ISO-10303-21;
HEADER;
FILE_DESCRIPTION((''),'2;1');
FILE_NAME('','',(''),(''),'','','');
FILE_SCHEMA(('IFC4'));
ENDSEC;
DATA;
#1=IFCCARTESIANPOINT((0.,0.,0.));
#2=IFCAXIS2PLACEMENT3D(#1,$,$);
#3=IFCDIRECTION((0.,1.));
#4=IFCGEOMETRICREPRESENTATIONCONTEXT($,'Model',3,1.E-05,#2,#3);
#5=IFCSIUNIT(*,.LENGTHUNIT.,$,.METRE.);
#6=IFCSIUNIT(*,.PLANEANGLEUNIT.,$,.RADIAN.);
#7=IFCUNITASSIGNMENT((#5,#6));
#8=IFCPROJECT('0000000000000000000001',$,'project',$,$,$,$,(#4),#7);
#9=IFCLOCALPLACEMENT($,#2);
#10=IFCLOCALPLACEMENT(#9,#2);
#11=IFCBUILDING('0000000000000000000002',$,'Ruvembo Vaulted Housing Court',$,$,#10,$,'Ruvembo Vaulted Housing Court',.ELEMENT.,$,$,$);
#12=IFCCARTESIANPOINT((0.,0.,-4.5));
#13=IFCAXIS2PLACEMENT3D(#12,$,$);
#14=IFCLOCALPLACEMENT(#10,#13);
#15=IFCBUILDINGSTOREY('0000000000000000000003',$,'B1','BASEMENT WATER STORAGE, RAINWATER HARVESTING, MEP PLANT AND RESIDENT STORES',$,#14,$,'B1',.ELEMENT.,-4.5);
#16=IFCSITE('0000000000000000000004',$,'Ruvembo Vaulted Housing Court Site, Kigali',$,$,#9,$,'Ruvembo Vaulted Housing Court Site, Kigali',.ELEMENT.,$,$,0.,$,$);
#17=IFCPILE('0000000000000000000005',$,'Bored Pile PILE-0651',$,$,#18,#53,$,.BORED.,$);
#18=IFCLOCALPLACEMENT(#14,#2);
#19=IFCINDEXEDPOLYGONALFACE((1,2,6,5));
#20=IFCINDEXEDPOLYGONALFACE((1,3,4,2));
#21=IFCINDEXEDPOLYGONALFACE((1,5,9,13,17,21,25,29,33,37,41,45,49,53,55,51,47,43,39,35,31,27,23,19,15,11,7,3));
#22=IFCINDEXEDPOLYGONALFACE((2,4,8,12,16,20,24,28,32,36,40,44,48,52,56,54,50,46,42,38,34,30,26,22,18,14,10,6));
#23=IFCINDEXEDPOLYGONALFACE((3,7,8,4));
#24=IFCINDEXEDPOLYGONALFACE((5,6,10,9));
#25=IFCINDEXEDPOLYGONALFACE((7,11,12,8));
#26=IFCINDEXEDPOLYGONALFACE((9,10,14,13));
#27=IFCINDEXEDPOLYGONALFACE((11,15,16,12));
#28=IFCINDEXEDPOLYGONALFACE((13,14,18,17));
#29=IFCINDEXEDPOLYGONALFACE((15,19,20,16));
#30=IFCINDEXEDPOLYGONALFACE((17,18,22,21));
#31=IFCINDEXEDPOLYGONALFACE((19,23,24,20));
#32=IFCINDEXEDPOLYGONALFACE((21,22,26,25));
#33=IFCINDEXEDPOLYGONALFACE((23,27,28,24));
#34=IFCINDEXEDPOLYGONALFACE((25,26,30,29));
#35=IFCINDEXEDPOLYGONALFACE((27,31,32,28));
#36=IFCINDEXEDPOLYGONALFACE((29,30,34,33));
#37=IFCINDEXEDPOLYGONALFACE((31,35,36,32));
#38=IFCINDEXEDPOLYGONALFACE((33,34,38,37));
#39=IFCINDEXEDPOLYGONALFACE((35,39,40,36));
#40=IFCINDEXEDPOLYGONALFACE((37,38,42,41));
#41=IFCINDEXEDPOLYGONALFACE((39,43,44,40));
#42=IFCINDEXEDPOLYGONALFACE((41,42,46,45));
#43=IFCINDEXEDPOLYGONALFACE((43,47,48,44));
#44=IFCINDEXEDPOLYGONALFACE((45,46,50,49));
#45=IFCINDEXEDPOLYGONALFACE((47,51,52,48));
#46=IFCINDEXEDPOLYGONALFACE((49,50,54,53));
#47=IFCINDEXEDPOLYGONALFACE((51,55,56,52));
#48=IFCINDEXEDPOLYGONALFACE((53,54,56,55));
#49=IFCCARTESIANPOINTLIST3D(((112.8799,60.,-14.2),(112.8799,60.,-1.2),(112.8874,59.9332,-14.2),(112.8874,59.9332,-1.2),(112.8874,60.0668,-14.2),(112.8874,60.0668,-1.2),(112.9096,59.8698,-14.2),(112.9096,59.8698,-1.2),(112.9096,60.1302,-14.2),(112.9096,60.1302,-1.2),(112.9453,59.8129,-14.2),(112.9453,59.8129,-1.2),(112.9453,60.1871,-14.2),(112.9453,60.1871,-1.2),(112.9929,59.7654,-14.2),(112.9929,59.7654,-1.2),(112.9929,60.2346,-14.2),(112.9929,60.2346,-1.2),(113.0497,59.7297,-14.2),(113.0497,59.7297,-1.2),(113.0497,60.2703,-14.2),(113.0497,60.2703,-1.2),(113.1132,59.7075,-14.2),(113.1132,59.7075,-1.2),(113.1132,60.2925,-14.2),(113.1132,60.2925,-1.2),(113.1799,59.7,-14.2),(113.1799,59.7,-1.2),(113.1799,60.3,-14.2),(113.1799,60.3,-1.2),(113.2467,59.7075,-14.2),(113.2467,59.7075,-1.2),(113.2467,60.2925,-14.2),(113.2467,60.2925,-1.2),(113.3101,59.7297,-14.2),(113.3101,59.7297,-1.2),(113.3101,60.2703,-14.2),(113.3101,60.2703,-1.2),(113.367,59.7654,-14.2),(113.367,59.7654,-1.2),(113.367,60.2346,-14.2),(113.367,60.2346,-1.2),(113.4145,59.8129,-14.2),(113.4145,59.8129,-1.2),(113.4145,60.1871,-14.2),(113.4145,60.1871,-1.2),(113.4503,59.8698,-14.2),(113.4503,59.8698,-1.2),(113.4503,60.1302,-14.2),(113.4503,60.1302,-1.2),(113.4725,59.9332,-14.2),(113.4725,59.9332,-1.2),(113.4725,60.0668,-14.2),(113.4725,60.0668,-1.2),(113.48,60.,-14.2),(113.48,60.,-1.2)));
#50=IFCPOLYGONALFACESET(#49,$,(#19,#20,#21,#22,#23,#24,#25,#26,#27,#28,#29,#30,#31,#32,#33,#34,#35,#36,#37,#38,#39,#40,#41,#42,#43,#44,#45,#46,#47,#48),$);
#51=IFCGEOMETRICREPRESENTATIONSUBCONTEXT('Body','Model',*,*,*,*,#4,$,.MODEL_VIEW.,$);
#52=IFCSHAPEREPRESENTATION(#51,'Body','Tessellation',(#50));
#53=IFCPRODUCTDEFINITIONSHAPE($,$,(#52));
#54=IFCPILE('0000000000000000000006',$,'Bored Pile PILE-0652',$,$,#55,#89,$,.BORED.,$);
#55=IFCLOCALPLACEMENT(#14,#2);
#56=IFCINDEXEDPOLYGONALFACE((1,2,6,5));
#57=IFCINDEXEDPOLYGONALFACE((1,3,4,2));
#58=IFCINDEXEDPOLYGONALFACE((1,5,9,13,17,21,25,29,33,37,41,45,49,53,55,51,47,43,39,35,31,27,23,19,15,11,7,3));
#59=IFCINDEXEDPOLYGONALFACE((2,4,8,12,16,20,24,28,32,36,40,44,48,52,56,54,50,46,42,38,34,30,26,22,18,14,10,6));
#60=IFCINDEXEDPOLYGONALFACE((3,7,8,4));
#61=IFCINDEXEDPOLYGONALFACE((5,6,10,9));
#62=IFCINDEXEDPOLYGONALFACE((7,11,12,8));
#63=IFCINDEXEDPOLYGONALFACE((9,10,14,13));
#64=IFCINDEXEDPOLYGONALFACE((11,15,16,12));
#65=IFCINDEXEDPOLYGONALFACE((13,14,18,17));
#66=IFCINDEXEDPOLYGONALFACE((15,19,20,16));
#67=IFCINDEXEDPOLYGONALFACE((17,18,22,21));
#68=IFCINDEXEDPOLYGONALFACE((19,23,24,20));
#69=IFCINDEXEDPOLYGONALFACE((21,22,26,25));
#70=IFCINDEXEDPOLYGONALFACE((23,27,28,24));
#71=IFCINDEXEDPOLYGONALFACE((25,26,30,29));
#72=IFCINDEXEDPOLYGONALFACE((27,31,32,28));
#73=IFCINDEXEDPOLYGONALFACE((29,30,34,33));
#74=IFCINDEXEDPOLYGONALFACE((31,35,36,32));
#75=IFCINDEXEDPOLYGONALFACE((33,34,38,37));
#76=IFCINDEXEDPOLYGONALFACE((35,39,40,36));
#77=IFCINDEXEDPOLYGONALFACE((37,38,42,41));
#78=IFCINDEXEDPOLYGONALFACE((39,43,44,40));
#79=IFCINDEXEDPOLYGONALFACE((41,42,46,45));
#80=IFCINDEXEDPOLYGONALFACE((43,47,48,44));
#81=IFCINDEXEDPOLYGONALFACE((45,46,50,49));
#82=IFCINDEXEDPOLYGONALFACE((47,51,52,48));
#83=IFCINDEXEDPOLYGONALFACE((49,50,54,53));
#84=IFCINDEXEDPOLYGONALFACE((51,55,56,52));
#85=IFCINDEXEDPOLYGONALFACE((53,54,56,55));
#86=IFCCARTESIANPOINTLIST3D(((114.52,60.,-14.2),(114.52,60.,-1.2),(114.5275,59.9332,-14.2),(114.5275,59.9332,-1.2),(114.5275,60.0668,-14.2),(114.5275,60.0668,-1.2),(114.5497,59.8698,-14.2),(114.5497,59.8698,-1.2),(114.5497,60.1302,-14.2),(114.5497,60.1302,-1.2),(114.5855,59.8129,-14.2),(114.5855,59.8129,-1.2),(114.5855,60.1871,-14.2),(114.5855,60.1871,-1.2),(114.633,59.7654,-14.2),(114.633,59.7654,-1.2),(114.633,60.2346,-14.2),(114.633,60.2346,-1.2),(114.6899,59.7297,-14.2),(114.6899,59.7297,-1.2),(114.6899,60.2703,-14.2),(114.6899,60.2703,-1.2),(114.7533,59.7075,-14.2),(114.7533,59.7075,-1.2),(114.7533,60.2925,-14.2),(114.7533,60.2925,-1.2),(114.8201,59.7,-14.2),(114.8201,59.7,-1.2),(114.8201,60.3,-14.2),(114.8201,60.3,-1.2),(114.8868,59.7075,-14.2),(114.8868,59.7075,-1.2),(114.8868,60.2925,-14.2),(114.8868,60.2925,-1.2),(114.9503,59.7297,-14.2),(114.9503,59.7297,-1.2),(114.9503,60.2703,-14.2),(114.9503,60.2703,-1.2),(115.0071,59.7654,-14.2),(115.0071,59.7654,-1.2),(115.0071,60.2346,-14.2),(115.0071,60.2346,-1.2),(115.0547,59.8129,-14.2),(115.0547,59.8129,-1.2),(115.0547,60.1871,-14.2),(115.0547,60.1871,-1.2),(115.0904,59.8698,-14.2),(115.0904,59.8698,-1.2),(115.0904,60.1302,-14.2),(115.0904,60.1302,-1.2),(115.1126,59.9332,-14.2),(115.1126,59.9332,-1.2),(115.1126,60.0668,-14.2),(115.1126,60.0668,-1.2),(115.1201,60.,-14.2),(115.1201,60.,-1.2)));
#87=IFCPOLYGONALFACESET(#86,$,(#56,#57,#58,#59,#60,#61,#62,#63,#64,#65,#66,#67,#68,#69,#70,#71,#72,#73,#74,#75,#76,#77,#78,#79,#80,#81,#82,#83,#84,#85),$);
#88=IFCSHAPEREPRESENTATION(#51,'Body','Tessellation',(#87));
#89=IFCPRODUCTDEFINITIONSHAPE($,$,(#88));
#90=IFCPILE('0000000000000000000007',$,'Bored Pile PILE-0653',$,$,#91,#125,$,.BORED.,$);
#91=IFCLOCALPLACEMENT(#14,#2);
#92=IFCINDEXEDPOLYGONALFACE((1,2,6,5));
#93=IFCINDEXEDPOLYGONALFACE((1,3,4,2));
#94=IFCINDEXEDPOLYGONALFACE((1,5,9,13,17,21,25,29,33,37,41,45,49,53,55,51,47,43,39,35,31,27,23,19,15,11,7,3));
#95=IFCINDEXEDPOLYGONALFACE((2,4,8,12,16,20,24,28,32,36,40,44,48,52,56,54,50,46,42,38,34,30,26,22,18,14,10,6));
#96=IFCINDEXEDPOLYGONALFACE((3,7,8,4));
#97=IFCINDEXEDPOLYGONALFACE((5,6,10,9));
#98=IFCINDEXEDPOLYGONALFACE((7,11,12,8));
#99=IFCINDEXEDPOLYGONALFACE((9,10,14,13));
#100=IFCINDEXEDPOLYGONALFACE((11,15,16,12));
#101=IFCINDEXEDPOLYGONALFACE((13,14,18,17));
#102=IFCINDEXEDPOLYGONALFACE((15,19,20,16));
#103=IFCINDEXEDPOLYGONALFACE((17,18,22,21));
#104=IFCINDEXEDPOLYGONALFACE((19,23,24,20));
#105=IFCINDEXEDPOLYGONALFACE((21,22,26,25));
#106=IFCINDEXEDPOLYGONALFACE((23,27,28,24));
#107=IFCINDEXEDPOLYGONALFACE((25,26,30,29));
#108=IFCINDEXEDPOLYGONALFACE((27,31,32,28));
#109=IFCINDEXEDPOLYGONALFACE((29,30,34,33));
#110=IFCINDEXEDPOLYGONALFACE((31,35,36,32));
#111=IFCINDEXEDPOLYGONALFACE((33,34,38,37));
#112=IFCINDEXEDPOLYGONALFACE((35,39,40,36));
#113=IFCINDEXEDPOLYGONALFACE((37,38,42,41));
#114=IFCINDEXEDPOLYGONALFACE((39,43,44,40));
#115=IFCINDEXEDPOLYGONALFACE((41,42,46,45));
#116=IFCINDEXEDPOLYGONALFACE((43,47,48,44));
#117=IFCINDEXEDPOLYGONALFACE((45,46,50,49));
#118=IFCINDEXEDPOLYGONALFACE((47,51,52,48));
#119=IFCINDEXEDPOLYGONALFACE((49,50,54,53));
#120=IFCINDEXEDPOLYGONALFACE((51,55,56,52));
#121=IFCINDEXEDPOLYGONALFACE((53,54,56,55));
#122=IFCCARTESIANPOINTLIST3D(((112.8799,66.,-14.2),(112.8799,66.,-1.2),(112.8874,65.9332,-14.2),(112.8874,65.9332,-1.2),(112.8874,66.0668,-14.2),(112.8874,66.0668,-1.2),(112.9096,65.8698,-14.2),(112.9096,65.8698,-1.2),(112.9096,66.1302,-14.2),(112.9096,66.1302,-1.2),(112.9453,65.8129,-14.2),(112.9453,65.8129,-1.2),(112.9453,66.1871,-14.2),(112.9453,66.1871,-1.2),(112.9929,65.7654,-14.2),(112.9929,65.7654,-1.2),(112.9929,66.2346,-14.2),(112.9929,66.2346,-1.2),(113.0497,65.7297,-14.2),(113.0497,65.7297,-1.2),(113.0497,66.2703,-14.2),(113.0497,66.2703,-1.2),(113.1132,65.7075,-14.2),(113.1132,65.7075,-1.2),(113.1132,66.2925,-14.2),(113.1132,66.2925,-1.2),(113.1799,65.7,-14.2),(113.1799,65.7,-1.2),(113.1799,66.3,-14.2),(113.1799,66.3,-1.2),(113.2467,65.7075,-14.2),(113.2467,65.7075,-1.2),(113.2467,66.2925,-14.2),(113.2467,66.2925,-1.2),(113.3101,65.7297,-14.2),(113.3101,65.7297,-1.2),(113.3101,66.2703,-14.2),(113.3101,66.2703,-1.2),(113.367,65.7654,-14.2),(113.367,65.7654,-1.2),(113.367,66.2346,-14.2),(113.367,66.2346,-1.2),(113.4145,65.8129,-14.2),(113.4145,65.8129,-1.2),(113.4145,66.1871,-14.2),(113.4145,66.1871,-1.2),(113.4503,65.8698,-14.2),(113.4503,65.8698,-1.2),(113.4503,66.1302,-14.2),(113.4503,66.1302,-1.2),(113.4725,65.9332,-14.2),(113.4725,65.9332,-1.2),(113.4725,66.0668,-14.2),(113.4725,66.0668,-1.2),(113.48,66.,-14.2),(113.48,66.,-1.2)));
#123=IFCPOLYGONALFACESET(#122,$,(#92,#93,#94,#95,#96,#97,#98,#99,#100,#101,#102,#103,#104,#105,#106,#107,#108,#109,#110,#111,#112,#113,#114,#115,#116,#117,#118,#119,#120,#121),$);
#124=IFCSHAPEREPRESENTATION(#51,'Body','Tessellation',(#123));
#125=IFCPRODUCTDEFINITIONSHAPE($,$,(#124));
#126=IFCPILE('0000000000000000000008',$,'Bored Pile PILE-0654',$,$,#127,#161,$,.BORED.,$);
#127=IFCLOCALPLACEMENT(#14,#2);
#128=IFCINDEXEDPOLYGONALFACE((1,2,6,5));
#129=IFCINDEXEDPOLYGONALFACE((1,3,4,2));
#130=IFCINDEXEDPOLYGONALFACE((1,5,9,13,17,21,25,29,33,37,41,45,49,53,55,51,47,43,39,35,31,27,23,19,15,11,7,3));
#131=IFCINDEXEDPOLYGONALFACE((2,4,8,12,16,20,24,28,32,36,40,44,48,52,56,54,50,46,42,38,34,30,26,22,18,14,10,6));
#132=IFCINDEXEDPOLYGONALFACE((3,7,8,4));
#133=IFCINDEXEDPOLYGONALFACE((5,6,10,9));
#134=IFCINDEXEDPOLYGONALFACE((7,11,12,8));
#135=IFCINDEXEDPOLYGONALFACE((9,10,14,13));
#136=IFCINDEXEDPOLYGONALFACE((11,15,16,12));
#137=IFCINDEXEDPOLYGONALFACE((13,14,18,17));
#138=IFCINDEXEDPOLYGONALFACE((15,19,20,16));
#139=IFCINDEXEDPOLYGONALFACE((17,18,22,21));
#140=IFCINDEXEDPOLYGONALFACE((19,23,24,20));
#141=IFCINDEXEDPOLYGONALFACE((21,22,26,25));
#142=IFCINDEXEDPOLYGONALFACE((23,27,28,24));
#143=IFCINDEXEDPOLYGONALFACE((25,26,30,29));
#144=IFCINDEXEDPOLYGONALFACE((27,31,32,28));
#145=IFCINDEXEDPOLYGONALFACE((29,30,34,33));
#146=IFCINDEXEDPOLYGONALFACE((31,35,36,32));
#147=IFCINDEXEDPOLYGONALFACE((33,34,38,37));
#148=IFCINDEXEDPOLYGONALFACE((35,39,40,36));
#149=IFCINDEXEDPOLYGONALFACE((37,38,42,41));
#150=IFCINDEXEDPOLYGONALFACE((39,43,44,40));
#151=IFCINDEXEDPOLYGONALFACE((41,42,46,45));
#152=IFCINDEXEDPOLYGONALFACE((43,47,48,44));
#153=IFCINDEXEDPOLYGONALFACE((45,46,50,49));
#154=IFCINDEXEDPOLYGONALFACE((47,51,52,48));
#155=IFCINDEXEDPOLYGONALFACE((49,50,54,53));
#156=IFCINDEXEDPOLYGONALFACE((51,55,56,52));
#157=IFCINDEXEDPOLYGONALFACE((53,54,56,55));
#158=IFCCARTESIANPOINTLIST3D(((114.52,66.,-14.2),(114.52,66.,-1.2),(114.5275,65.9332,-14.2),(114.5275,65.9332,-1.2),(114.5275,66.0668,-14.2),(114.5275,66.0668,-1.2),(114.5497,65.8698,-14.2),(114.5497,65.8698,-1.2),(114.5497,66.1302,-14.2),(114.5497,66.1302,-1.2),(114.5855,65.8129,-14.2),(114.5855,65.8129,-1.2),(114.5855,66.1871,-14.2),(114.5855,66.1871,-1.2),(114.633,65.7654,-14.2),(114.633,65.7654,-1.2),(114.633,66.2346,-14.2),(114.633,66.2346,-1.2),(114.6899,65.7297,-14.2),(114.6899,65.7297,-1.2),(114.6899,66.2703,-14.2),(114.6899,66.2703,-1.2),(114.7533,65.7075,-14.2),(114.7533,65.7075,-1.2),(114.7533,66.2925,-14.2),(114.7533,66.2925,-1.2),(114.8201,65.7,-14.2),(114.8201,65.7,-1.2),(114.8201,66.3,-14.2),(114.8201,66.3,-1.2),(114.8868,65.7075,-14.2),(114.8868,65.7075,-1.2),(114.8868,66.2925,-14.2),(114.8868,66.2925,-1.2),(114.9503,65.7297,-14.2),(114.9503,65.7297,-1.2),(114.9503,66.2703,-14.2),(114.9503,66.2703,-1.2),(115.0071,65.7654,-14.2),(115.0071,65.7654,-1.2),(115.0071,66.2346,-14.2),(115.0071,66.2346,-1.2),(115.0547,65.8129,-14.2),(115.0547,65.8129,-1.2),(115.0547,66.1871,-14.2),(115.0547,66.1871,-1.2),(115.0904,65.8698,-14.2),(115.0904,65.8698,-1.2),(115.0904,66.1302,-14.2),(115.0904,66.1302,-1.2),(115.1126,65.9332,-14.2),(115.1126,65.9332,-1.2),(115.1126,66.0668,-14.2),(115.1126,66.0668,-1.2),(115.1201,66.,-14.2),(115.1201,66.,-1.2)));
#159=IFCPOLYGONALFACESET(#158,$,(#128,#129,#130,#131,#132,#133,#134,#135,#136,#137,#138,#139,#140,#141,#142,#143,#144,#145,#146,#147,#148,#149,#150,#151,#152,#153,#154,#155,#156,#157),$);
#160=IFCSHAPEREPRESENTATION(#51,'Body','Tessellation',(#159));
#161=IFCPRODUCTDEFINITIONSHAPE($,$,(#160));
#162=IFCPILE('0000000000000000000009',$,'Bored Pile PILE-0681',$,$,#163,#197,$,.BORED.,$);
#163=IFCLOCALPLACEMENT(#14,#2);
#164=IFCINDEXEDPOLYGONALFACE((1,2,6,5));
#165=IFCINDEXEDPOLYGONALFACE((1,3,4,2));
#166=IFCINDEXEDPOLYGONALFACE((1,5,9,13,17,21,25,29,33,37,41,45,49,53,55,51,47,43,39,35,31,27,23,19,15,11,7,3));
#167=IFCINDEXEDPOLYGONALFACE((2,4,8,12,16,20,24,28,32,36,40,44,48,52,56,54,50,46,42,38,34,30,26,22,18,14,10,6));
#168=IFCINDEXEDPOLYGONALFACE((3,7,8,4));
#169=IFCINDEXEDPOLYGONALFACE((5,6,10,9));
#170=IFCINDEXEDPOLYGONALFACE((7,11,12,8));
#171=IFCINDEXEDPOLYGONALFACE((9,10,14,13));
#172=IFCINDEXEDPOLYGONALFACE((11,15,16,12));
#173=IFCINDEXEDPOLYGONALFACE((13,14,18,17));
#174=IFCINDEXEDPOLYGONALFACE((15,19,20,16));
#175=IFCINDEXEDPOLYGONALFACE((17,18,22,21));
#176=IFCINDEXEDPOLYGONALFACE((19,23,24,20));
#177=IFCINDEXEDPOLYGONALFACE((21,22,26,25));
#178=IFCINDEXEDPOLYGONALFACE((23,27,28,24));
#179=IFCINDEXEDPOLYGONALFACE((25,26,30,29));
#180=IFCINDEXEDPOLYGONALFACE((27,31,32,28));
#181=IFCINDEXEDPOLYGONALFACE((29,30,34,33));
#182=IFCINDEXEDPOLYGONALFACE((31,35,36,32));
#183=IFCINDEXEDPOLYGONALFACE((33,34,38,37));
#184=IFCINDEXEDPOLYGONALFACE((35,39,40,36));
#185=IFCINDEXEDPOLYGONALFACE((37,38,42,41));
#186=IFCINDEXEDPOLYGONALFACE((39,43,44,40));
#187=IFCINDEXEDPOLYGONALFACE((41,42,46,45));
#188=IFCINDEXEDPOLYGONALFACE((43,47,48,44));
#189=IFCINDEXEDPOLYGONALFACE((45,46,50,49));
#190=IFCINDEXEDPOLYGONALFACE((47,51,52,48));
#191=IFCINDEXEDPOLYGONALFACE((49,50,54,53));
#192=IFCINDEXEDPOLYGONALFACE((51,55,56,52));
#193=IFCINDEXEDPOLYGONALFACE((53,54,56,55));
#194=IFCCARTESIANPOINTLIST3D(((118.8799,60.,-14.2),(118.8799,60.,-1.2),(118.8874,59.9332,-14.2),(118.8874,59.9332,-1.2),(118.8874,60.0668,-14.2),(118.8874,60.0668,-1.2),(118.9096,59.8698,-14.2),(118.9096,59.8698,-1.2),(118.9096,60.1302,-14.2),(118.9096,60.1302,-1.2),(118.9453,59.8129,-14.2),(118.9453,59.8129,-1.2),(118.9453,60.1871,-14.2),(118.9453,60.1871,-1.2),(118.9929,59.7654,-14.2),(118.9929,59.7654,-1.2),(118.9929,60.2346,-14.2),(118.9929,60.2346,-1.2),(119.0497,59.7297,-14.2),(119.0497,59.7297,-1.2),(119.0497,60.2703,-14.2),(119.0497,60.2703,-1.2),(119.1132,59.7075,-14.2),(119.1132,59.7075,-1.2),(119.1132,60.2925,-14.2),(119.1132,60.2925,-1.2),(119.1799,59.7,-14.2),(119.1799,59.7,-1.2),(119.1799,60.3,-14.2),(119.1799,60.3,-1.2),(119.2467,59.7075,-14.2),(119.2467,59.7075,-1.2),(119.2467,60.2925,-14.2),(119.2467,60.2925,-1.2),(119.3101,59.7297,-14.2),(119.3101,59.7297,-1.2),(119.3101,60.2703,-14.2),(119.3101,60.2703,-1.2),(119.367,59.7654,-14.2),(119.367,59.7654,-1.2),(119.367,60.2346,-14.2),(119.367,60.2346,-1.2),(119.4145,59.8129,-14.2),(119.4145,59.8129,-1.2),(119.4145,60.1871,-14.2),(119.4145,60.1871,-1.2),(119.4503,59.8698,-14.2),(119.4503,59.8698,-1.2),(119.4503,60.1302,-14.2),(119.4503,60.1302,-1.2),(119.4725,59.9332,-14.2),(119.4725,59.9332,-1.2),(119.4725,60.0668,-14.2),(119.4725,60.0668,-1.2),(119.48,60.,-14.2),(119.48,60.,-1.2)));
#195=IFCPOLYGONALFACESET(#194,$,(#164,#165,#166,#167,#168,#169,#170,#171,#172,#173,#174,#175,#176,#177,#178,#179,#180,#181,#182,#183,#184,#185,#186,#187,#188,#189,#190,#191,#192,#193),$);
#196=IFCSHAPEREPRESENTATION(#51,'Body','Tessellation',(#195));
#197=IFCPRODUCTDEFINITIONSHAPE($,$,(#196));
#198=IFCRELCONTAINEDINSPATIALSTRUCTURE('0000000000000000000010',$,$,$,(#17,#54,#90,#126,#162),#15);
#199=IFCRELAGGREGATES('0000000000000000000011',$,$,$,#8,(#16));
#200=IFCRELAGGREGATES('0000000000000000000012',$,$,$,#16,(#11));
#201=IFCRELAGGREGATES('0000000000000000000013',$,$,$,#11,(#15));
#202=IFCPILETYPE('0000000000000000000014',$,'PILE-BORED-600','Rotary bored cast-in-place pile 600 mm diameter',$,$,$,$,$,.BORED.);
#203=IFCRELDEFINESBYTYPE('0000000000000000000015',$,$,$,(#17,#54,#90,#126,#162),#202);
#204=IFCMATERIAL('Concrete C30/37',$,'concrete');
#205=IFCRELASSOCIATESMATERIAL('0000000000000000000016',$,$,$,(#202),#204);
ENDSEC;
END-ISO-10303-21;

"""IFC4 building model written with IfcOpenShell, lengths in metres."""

from ifc_helpers import new_model, si_unit, direction, frame, origin, origin_2d, place, context, subcontext, project, spatial, circle, extrude, material, material_profile, profile_set, type_object, element, save


model = new_model("IFC4")

# Units and contexts
model_context = context("Model", 3, precision=1e-05, world=origin(), true_north=direction((0.0, 1.0)))
body_context = subcontext(model_context, "Body", "Model", "MODEL_VIEW")
ifc_project = project(units=[si_unit("LENGTHUNIT", "METRE"), si_unit("PLANEANGLEUNIT", "RADIAN")], contexts=[model_context])

# Site, building, storey
site_placement = place(None, origin())
site = spatial("IfcSite", under=ifc_project, at=site_placement, Name="Ruvembo Vaulted Housing Court Site, Kigali", LongName="Ruvembo Vaulted Housing Court Site, Kigali", CompositionType="ELEMENT", RefElevation=0.0)
building_placement = place(site_placement, origin())
building = spatial("IfcBuilding", under=site, at=building_placement, Name="Ruvembo Vaulted Housing Court", LongName="Ruvembo Vaulted Housing Court", CompositionType="ELEMENT")
storey_placement = place(building_placement, frame((0.0, 0.0, -4.5)))
storey = spatial("IfcBuildingStorey", under=building, at=storey_placement, Name="B1", Description="BASEMENT WATER STORAGE, RAINWATER HARVESTING, MEP PLANT AND RESIDENT STORES", LongName="B1", CompositionType="ELEMENT", Elevation=-4.5)

# Piles
ifc_material_1 = material(Name="Concrete C30/37", Category="concrete")
ifc_material_profile_1 = material_profile(ifc_material_1, circle(Radius=0.3, at=origin_2d()), Name="PILE D600")
ifc_profile_set_1 = profile_set([ifc_material_profile_1], Name="Concrete C30/37")
pile_type = type_object("IfcPileType", Name="PILE-BORED-600", Description="Rotary bored cast-in-place pile 600 mm diameter", PredefinedType="BORED", material=ifc_profile_set_1)
for number, where, z_axis, x_axis, name in (
    (1, (113.1799, 60.0, -1.2), (0.0, 0.0, -1.0), (1.0, 0.0, 0.0), "Bored Pile PILE-0651"),
    (2, (114.8201, 60.0, -1.2), (0.0, 0.0, -1.0), (1.0, 0.0, 0.0), "Bored Pile PILE-0652"),
    (3, (113.1799, 66.0, -1.2), (0.0, 0.0, -1.0), (1.0, 0.0, 0.0), "Bored Pile PILE-0653"),
    (4, (114.8201, 66.0, -1.2), (0.0, 0.0, -1.0), (1.0, 0.0, 0.0), "Bored Pile PILE-0654"),
    (5, (119.1799, 60.0, -1.2), (0.0, 0.0, -1.0), (1.0, 0.0, 0.0), "Bored Pile PILE-0681"),
):
    element("IfcPile", number, at=place(storey_placement, frame(where, z_axis=z_axis, x_axis=x_axis)), inside=storey, type_object=pile_type, Name=name, PredefinedType="BORED", context=body_context, shape_type="SweptSolid", body=[
        extrude(circle(Radius=0.3, at=origin_2d()), origin(), (0.0, 0.0, 1.0), 13.0),
    ])

save(model, "model.ifc")
